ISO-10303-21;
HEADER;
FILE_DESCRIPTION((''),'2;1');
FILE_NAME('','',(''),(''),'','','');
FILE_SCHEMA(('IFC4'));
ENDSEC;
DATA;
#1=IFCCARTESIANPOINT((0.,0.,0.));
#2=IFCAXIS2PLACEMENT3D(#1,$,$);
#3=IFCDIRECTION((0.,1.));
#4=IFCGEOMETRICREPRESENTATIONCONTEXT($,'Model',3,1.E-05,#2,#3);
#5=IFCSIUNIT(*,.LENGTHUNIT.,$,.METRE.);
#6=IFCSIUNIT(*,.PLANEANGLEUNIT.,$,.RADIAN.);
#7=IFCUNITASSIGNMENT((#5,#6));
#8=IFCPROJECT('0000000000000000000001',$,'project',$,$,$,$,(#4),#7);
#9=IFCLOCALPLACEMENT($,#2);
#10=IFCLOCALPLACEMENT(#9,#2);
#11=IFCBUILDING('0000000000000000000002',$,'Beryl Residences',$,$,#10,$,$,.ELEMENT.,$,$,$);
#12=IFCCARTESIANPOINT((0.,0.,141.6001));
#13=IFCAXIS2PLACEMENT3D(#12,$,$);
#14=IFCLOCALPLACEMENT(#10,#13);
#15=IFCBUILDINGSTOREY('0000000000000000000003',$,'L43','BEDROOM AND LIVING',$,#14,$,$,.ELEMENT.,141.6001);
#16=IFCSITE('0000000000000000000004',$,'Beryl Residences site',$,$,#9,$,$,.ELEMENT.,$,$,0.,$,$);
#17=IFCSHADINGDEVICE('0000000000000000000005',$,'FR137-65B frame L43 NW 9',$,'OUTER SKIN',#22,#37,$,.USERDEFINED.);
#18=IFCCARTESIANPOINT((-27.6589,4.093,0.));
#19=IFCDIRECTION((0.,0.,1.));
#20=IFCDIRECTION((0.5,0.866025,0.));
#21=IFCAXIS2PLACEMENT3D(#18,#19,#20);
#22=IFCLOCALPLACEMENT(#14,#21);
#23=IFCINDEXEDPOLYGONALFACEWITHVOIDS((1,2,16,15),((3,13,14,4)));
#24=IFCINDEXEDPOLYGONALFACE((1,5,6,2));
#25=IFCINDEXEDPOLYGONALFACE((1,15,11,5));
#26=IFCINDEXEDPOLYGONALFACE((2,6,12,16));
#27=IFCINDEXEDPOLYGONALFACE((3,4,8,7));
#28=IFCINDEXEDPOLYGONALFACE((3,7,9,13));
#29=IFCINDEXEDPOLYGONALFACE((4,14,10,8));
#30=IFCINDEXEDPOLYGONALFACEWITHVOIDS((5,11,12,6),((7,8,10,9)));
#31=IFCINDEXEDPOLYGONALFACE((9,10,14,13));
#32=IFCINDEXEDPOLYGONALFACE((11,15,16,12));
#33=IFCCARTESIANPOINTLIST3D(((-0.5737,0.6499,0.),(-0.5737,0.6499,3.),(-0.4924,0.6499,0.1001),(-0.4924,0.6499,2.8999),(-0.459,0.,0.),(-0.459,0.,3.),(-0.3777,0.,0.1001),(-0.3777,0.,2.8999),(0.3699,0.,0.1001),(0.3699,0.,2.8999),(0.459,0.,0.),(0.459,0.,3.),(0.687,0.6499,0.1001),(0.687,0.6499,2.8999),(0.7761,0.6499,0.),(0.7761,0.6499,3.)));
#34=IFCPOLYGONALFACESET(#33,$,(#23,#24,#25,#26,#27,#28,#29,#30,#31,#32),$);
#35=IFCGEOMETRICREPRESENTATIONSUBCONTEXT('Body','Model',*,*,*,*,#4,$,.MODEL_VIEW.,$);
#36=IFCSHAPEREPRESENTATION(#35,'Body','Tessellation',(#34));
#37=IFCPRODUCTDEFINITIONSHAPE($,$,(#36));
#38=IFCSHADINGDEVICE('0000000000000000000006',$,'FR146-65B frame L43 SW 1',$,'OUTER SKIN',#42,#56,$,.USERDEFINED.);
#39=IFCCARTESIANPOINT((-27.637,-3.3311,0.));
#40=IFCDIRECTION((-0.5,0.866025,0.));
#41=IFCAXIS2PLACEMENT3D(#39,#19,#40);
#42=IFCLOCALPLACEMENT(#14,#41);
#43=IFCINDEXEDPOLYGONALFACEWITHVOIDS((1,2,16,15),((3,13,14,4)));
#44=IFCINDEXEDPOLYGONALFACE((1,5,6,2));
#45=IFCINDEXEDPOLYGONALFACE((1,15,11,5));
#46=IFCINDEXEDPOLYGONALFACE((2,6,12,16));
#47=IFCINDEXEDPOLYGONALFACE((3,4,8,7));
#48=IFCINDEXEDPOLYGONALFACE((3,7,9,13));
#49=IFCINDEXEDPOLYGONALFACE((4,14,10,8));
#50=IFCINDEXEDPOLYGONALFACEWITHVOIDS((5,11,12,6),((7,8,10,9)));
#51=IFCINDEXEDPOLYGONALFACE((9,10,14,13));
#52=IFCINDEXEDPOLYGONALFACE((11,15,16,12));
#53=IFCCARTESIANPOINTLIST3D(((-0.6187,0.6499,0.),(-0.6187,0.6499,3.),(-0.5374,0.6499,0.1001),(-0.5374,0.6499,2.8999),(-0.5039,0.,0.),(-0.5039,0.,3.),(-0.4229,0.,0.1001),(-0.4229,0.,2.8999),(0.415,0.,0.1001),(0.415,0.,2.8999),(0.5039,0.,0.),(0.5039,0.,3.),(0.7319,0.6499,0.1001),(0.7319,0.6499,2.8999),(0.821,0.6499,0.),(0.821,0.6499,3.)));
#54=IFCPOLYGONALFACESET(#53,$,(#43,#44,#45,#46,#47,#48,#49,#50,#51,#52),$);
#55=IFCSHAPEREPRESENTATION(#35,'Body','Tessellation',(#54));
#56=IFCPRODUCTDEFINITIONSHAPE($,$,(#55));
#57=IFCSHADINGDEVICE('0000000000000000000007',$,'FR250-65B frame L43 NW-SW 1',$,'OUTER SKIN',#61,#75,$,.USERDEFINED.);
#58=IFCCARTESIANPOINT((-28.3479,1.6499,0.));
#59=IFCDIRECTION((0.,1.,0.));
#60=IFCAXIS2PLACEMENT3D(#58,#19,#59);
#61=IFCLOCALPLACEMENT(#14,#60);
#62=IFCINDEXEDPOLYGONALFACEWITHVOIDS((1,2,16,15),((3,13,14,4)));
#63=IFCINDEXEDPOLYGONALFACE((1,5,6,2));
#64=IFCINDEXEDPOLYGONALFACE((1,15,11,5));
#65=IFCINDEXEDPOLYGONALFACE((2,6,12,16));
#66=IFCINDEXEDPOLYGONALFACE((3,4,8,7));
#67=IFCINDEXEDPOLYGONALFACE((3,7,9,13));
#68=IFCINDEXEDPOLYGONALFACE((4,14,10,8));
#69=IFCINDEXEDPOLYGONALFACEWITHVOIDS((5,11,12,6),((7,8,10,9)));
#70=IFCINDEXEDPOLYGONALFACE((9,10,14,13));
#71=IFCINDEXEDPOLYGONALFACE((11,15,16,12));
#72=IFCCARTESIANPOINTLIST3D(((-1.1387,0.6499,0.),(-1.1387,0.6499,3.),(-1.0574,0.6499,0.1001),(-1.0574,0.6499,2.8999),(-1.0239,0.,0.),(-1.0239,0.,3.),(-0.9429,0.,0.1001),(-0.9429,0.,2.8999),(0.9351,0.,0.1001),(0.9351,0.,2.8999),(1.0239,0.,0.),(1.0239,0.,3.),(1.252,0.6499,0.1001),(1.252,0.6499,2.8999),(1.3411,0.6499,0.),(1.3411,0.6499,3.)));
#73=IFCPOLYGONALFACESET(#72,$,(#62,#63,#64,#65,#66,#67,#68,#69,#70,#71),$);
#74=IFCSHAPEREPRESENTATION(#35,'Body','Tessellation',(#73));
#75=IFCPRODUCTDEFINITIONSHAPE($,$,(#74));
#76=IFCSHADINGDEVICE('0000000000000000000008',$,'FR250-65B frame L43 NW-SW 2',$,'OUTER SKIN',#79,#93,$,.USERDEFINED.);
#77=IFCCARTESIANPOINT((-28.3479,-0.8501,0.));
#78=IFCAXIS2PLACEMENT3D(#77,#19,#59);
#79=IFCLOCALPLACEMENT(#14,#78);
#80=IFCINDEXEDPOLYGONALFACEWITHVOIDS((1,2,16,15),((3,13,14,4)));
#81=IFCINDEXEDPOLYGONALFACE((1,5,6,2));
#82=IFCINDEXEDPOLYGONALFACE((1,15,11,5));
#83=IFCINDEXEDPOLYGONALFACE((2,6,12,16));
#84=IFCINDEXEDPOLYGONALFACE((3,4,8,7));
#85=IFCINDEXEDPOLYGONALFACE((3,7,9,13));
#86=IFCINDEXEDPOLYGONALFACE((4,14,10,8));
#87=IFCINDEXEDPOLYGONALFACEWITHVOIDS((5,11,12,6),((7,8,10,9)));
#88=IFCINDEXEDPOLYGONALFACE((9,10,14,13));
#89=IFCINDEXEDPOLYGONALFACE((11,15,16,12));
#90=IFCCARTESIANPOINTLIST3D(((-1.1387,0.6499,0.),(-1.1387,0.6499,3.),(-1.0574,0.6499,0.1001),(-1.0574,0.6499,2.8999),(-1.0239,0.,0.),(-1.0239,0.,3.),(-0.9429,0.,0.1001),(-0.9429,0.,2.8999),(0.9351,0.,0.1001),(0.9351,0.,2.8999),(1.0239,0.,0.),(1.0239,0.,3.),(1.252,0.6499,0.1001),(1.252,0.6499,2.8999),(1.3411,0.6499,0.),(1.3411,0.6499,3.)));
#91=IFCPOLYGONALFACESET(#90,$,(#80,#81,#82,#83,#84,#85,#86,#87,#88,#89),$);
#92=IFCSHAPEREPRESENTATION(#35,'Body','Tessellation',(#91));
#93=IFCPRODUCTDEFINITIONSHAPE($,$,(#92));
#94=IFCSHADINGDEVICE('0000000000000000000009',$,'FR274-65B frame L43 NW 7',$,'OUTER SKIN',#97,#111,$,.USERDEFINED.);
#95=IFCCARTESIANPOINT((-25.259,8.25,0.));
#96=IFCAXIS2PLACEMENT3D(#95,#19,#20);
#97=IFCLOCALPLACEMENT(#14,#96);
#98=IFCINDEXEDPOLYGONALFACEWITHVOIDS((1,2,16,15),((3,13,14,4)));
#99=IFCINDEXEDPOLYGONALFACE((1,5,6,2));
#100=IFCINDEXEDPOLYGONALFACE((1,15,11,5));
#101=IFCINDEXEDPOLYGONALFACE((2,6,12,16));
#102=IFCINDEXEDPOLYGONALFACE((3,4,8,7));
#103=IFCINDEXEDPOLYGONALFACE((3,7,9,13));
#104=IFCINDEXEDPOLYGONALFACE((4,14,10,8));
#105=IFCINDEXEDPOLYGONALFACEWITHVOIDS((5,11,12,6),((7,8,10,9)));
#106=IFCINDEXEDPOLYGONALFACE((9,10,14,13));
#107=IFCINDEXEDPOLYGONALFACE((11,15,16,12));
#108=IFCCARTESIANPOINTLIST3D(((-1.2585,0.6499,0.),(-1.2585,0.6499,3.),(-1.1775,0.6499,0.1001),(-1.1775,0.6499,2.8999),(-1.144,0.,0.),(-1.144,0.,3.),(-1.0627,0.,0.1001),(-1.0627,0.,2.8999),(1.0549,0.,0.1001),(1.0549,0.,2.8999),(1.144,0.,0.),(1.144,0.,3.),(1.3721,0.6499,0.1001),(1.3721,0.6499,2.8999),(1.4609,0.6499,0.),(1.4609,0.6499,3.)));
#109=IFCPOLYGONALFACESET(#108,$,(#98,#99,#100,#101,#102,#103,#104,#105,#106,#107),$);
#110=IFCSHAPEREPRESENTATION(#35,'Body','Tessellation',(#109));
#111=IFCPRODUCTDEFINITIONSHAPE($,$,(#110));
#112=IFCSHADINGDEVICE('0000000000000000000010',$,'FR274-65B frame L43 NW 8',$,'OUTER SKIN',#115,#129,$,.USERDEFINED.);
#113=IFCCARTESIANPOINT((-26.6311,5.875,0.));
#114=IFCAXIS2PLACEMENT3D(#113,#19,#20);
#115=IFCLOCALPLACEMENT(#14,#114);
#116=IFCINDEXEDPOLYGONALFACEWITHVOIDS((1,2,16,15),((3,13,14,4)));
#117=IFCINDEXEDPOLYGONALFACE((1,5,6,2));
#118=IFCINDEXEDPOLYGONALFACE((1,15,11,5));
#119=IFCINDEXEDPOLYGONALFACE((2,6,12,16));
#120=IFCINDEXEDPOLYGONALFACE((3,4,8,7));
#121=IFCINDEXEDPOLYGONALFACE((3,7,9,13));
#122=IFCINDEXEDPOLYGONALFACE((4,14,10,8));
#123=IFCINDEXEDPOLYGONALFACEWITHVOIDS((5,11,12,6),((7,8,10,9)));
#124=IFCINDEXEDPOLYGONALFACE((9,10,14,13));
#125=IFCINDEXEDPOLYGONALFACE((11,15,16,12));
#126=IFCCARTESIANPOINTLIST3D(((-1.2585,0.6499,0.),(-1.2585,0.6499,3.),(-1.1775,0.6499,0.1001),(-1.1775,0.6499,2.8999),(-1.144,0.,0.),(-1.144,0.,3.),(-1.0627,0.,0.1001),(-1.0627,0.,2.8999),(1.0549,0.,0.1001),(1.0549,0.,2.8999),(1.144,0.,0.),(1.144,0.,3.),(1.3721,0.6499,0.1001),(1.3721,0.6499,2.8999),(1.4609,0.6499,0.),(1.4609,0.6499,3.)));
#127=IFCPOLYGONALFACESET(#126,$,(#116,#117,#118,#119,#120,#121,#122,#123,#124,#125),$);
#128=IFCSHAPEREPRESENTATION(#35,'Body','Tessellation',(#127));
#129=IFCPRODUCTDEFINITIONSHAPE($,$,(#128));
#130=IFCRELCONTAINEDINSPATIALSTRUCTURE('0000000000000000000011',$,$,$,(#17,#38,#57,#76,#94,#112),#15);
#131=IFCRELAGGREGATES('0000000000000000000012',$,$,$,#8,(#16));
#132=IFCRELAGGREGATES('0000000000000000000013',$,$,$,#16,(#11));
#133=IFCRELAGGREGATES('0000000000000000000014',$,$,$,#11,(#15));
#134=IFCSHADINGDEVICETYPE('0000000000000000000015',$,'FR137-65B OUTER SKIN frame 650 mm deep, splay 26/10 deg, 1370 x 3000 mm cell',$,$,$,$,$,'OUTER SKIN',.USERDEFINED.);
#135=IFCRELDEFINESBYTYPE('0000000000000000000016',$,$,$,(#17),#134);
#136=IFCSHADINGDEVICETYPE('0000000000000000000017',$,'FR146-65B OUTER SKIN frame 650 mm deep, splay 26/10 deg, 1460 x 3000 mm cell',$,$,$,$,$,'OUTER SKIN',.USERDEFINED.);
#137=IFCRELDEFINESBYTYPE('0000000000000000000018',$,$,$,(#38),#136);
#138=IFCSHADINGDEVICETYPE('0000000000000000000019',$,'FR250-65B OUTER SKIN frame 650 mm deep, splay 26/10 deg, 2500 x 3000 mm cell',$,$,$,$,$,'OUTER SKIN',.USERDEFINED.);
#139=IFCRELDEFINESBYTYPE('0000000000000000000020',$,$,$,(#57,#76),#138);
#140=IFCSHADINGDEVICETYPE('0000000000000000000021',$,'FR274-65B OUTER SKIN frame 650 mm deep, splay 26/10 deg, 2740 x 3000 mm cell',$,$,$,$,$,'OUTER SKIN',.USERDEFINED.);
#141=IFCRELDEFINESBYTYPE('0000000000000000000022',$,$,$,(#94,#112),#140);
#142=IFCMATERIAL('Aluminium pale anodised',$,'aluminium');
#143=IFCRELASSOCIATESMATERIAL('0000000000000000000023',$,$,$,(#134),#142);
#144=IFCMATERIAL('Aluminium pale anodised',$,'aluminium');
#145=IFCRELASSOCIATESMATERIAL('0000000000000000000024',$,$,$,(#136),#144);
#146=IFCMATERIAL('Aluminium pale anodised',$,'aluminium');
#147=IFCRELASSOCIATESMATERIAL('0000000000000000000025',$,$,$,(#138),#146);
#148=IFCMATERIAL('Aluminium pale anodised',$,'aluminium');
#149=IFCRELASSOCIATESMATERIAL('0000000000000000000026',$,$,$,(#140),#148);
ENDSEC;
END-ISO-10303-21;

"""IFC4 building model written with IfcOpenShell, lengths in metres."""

from ifc_helpers import new_model, entity, si_unit, direction, frame, origin, place, context, subcontext, project, spatial, source, transform, mapped, material, type_object, type_shapes, element, save


model = new_model("IFC4")

# Units and contexts
model_context = context("Model", 3, precision=1e-05, world=origin(), true_north=direction((0.0, 1.0)))
body_context = subcontext(model_context, "Body", "Model", "MODEL_VIEW")
ifc_project = project(units=[si_unit("LENGTHUNIT", "METRE"), si_unit("PLANEANGLEUNIT", "RADIAN")], contexts=[model_context])

# Site, building, storey
site_placement = place(None, origin())
site = spatial("IfcSite", under=ifc_project, at=site_placement, Name="Beryl Residences site", CompositionType="ELEMENT", RefElevation=0.0)
building_placement = place(site_placement, origin())
building = spatial("IfcBuilding", under=site, at=building_placement, Name="Beryl Residences", CompositionType="ELEMENT")
storey_placement = place(building_placement, frame((0.0, 0.0, 141.6001)))
storey = spatial("IfcBuildingStorey", under=building, at=storey_placement, Name="L43", Description="BEDROOM AND LIVING", CompositionType="ELEMENT", Elevation=141.6001)

# Shading devices
ifc_material_1 = material(Name="Aluminium pale anodised", Category="aluminium")
shading_device_type_1 = type_object("IfcShadingDeviceType", Name="FR137-65B OUTER SKIN frame 650 mm deep, splay 26/10 deg, 1370 x 3000 mm cell", ElementType="OUTER SKIN", PredefinedType="USERDEFINED", material=ifc_material_1)
cartesian_point_1 = entity("IfcCartesianPoint", [-0.459, 0.0])
cartesian_point_2 = entity("IfcCartesianPoint", [-0.3699, 0.1001])
cartesian_point_3 = entity("IfcCartesianPoint", [-0.7761, 0.0])
cartesian_point_4 = entity("IfcCartesianPoint", [-0.687, 0.1001])
shared_shape_1 = source(origin(), body_context, "Body", "SweptSolid", [
    entity("IfcExtrudedAreaSolidTapered", entity("IfcArbitraryProfileDefWithVoids", "AREA", None, entity("IfcPolyline", [cartesian_point_1, entity("IfcCartesianPoint", [0.459, 0.0]), entity("IfcCartesianPoint", [0.459, 3.0]), entity("IfcCartesianPoint", [-0.459, 3.0]), cartesian_point_1]), [entity("IfcPolyline", [cartesian_point_2, entity("IfcCartesianPoint", [0.3777, 0.1001]), entity("IfcCartesianPoint", [0.3777, 2.8999]), entity("IfcCartesianPoint", [-0.3699, 2.8999]), cartesian_point_2])]), entity("IfcAxis2Placement3D", entity("IfcCartesianPoint", [0.0, 0.0, 0.0]), entity("IfcDirection", [0.0, 1.0, 0.0]), entity("IfcDirection", [-1.0, 0.0, 0.0])), entity("IfcDirection", [0.0, 0.0, 1.0]), 0.6499, entity("IfcArbitraryProfileDefWithVoids", "AREA", None, entity("IfcPolyline", [cartesian_point_3, entity("IfcCartesianPoint", [0.5737, 0.0]), entity("IfcCartesianPoint", [0.5737, 3.0]), entity("IfcCartesianPoint", [-0.7761, 3.0]), cartesian_point_3]), [entity("IfcPolyline", [cartesian_point_4, entity("IfcCartesianPoint", [0.4924, 0.1001]), entity("IfcCartesianPoint", [0.4924, 2.8999]), entity("IfcCartesianPoint", [-0.687, 2.8999]), cartesian_point_4])])),
])
type_shapes(shading_device_type_1, [shared_shape_1])
shading_device_1_placement = place(storey_placement, frame((-27.6589, 4.093, 0.0), z_axis=(0.0, 0.0, 1.0), x_axis=(0.5, 0.866025, 0.0)))
element("IfcShadingDevice", 1, at=shading_device_1_placement, inside=storey, type_object=shading_device_type_1, Name="FR137-65B frame L43 NW 9", ObjectType="OUTER SKIN", PredefinedType="USERDEFINED", context=body_context, shape_type="MappedRepresentation", body=[
    mapped(shared_shape_1, transform((0.0, 0.0, 0.0))),
])
ifc_material_2 = material(Name="Aluminium pale anodised", Category="aluminium")
shading_device_type_2 = type_object("IfcShadingDeviceType", Name="FR146-65B OUTER SKIN frame 650 mm deep, splay 26/10 deg, 1460 x 3000 mm cell", ElementType="OUTER SKIN", PredefinedType="USERDEFINED", material=ifc_material_2)
cartesian_point_5 = entity("IfcCartesianPoint", [-0.5039, 0.0])
cartesian_point_6 = entity("IfcCartesianPoint", [-0.415, 0.1001])
cartesian_point_7 = entity("IfcCartesianPoint", [-0.821, 0.0])
cartesian_point_8 = entity("IfcCartesianPoint", [-0.7319, 0.1001])
shared_shape_2 = source(origin(), body_context, "Body", "SweptSolid", [
    entity("IfcExtrudedAreaSolidTapered", entity("IfcArbitraryProfileDefWithVoids", "AREA", None, entity("IfcPolyline", [cartesian_point_5, entity("IfcCartesianPoint", [0.5039, 0.0]), entity("IfcCartesianPoint", [0.5039, 3.0]), entity("IfcCartesianPoint", [-0.5039, 3.0]), cartesian_point_5]), [entity("IfcPolyline", [cartesian_point_6, entity("IfcCartesianPoint", [0.4229, 0.1001]), entity("IfcCartesianPoint", [0.4229, 2.8999]), entity("IfcCartesianPoint", [-0.415, 2.8999]), cartesian_point_6])]), entity("IfcAxis2Placement3D", entity("IfcCartesianPoint", [0.0, 0.0, 0.0]), entity("IfcDirection", [0.0, 1.0, 0.0]), entity("IfcDirection", [-1.0, 0.0, 0.0])), entity("IfcDirection", [0.0, 0.0, 1.0]), 0.6499, entity("IfcArbitraryProfileDefWithVoids", "AREA", None, entity("IfcPolyline", [cartesian_point_7, entity("IfcCartesianPoint", [0.6187, 0.0]), entity("IfcCartesianPoint", [0.6187, 3.0]), entity("IfcCartesianPoint", [-0.821, 3.0]), cartesian_point_7]), [entity("IfcPolyline", [cartesian_point_8, entity("IfcCartesianPoint", [0.5374, 0.1001]), entity("IfcCartesianPoint", [0.5374, 2.8999]), entity("IfcCartesianPoint", [-0.7319, 2.8999]), cartesian_point_8])])),
])
type_shapes(shading_device_type_2, [shared_shape_2])
shading_device_2_placement = place(storey_placement, frame((-27.637, -3.3311, 0.0), z_axis=(0.0, 0.0, 1.0), x_axis=(-0.5, 0.866025, 0.0)))
element("IfcShadingDevice", 2, at=shading_device_2_placement, inside=storey, type_object=shading_device_type_2, Name="FR146-65B frame L43 SW 1", ObjectType="OUTER SKIN", PredefinedType="USERDEFINED", context=body_context, shape_type="MappedRepresentation", body=[
    mapped(shared_shape_2, transform((0.0, 0.0, 0.0))),
])
ifc_material_3 = material(Name="Aluminium pale anodised", Category="aluminium")
shading_device_type_3 = type_object("IfcShadingDeviceType", Name="FR250-65B OUTER SKIN frame 650 mm deep, splay 26/10 deg, 2500 x 3000 mm cell", ElementType="OUTER SKIN", PredefinedType="USERDEFINED", material=ifc_material_3)
cartesian_point_9 = entity("IfcCartesianPoint", [-1.0239, 0.0])
cartesian_point_10 = entity("IfcCartesianPoint", [-0.9351, 0.1001])
cartesian_point_11 = entity("IfcCartesianPoint", [-1.3411, 0.0])
cartesian_point_12 = entity("IfcCartesianPoint", [-1.252, 0.1001])
shared_shape_3 = source(origin(), body_context, "Body", "SweptSolid", [
    entity("IfcExtrudedAreaSolidTapered", entity("IfcArbitraryProfileDefWithVoids", "AREA", None, entity("IfcPolyline", [cartesian_point_9, entity("IfcCartesianPoint", [1.0239, 0.0]), entity("IfcCartesianPoint", [1.0239, 3.0]), entity("IfcCartesianPoint", [-1.0239, 3.0]), cartesian_point_9]), [entity("IfcPolyline", [cartesian_point_10, entity("IfcCartesianPoint", [0.9429, 0.1001]), entity("IfcCartesianPoint", [0.9429, 2.8999]), entity("IfcCartesianPoint", [-0.9351, 2.8999]), cartesian_point_10])]), entity("IfcAxis2Placement3D", entity("IfcCartesianPoint", [0.0, 0.0, 0.0]), entity("IfcDirection", [0.0, 1.0, 0.0]), entity("IfcDirection", [-1.0, 0.0, 0.0])), entity("IfcDirection", [0.0, 0.0, 1.0]), 0.6499, entity("IfcArbitraryProfileDefWithVoids", "AREA", None, entity("IfcPolyline", [cartesian_point_11, entity("IfcCartesianPoint", [1.1387, 0.0]), entity("IfcCartesianPoint", [1.1387, 3.0]), entity("IfcCartesianPoint", [-1.3411, 3.0]), cartesian_point_11]), [entity("IfcPolyline", [cartesian_point_12, entity("IfcCartesianPoint", [1.0574, 0.1001]), entity("IfcCartesianPoint", [1.0574, 2.8999]), entity("IfcCartesianPoint", [-1.252, 2.8999]), cartesian_point_12])])),
])
type_shapes(shading_device_type_3, [shared_shape_3])
for number, where, z_axis, x_axis, name in (
    (3, (-28.3479, 1.6499, 0.0), (0.0, 0.0, 1.0), (0.0, 1.0, 0.0), "FR250-65B frame L43 NW-SW 1"),
    (4, (-28.3479, -0.8501, 0.0), (0.0, 0.0, 1.0), (0.0, 1.0, 0.0), "FR250-65B frame L43 NW-SW 2"),
):
    element("IfcShadingDevice", number, at=place(storey_placement, frame(where, z_axis=z_axis, x_axis=x_axis)), inside=storey, type_object=shading_device_type_3, Name=name, ObjectType="OUTER SKIN", PredefinedType="USERDEFINED", context=body_context, shape_type="MappedRepresentation", body=[
        mapped(shared_shape_3, transform((0.0, 0.0, 0.0))),
    ])
ifc_material_4 = material(Name="Aluminium pale anodised", Category="aluminium")
shading_device_type_4 = type_object("IfcShadingDeviceType", Name="FR274-65B OUTER SKIN frame 650 mm deep, splay 26/10 deg, 2740 x 3000 mm cell", ElementType="OUTER SKIN", PredefinedType="USERDEFINED", material=ifc_material_4)
cartesian_point_13 = entity("IfcCartesianPoint", [-1.144, 0.0])
cartesian_point_14 = entity("IfcCartesianPoint", [-1.0549, 0.1001])
cartesian_point_15 = entity("IfcCartesianPoint", [-1.4609, 0.0])
cartesian_point_16 = entity("IfcCartesianPoint", [-1.3721, 0.1001])
shared_shape_4 = source(origin(), body_context, "Body", "SweptSolid", [
    entity("IfcExtrudedAreaSolidTapered", entity("IfcArbitraryProfileDefWithVoids", "AREA", None, entity("IfcPolyline", [cartesian_point_13, entity("IfcCartesianPoint", [1.144, 0.0]), entity("IfcCartesianPoint", [1.144, 3.0]), entity("IfcCartesianPoint", [-1.144, 3.0]), cartesian_point_13]), [entity("IfcPolyline", [cartesian_point_14, entity("IfcCartesianPoint", [1.0627, 0.1001]), entity("IfcCartesianPoint", [1.0627, 2.8999]), entity("IfcCartesianPoint", [-1.0549, 2.8999]), cartesian_point_14])]), entity("IfcAxis2Placement3D", entity("IfcCartesianPoint", [0.0, 0.0, 0.0]), entity("IfcDirection", [0.0, 1.0, 0.0]), entity("IfcDirection", [-1.0, 0.0, 0.0])), entity("IfcDirection", [0.0, 0.0, 1.0]), 0.6499, entity("IfcArbitraryProfileDefWithVoids", "AREA", None, entity("IfcPolyline", [cartesian_point_15, entity("IfcCartesianPoint", [1.2585, 0.0]), entity("IfcCartesianPoint", [1.2585, 3.0]), entity("IfcCartesianPoint", [-1.4609, 3.0]), cartesian_point_15]), [entity("IfcPolyline", [cartesian_point_16, entity("IfcCartesianPoint", [1.1775, 0.1001]), entity("IfcCartesianPoint", [1.1775, 2.8999]), entity("IfcCartesianPoint", [-1.3721, 2.8999]), cartesian_point_16])])),
])
type_shapes(shading_device_type_4, [shared_shape_4])
for number, where, z_axis, x_axis, name in (
    (5, (-25.259, 8.25, 0.0), (0.0, 0.0, 1.0), (0.5, 0.866025, 0.0), "FR274-65B frame L43 NW 7"),
    (6, (-26.6311, 5.875, 0.0), (0.0, 0.0, 1.0), (0.5, 0.866025, 0.0), "FR274-65B frame L43 NW 8"),
):
    element("IfcShadingDevice", number, at=place(storey_placement, frame(where, z_axis=z_axis, x_axis=x_axis)), inside=storey, type_object=shading_device_type_4, Name=name, ObjectType="OUTER SKIN", PredefinedType="USERDEFINED", context=body_context, shape_type="MappedRepresentation", body=[
        mapped(shared_shape_4, transform((0.0, 0.0, 0.0))),
    ])

save(model, "model.ifc")
